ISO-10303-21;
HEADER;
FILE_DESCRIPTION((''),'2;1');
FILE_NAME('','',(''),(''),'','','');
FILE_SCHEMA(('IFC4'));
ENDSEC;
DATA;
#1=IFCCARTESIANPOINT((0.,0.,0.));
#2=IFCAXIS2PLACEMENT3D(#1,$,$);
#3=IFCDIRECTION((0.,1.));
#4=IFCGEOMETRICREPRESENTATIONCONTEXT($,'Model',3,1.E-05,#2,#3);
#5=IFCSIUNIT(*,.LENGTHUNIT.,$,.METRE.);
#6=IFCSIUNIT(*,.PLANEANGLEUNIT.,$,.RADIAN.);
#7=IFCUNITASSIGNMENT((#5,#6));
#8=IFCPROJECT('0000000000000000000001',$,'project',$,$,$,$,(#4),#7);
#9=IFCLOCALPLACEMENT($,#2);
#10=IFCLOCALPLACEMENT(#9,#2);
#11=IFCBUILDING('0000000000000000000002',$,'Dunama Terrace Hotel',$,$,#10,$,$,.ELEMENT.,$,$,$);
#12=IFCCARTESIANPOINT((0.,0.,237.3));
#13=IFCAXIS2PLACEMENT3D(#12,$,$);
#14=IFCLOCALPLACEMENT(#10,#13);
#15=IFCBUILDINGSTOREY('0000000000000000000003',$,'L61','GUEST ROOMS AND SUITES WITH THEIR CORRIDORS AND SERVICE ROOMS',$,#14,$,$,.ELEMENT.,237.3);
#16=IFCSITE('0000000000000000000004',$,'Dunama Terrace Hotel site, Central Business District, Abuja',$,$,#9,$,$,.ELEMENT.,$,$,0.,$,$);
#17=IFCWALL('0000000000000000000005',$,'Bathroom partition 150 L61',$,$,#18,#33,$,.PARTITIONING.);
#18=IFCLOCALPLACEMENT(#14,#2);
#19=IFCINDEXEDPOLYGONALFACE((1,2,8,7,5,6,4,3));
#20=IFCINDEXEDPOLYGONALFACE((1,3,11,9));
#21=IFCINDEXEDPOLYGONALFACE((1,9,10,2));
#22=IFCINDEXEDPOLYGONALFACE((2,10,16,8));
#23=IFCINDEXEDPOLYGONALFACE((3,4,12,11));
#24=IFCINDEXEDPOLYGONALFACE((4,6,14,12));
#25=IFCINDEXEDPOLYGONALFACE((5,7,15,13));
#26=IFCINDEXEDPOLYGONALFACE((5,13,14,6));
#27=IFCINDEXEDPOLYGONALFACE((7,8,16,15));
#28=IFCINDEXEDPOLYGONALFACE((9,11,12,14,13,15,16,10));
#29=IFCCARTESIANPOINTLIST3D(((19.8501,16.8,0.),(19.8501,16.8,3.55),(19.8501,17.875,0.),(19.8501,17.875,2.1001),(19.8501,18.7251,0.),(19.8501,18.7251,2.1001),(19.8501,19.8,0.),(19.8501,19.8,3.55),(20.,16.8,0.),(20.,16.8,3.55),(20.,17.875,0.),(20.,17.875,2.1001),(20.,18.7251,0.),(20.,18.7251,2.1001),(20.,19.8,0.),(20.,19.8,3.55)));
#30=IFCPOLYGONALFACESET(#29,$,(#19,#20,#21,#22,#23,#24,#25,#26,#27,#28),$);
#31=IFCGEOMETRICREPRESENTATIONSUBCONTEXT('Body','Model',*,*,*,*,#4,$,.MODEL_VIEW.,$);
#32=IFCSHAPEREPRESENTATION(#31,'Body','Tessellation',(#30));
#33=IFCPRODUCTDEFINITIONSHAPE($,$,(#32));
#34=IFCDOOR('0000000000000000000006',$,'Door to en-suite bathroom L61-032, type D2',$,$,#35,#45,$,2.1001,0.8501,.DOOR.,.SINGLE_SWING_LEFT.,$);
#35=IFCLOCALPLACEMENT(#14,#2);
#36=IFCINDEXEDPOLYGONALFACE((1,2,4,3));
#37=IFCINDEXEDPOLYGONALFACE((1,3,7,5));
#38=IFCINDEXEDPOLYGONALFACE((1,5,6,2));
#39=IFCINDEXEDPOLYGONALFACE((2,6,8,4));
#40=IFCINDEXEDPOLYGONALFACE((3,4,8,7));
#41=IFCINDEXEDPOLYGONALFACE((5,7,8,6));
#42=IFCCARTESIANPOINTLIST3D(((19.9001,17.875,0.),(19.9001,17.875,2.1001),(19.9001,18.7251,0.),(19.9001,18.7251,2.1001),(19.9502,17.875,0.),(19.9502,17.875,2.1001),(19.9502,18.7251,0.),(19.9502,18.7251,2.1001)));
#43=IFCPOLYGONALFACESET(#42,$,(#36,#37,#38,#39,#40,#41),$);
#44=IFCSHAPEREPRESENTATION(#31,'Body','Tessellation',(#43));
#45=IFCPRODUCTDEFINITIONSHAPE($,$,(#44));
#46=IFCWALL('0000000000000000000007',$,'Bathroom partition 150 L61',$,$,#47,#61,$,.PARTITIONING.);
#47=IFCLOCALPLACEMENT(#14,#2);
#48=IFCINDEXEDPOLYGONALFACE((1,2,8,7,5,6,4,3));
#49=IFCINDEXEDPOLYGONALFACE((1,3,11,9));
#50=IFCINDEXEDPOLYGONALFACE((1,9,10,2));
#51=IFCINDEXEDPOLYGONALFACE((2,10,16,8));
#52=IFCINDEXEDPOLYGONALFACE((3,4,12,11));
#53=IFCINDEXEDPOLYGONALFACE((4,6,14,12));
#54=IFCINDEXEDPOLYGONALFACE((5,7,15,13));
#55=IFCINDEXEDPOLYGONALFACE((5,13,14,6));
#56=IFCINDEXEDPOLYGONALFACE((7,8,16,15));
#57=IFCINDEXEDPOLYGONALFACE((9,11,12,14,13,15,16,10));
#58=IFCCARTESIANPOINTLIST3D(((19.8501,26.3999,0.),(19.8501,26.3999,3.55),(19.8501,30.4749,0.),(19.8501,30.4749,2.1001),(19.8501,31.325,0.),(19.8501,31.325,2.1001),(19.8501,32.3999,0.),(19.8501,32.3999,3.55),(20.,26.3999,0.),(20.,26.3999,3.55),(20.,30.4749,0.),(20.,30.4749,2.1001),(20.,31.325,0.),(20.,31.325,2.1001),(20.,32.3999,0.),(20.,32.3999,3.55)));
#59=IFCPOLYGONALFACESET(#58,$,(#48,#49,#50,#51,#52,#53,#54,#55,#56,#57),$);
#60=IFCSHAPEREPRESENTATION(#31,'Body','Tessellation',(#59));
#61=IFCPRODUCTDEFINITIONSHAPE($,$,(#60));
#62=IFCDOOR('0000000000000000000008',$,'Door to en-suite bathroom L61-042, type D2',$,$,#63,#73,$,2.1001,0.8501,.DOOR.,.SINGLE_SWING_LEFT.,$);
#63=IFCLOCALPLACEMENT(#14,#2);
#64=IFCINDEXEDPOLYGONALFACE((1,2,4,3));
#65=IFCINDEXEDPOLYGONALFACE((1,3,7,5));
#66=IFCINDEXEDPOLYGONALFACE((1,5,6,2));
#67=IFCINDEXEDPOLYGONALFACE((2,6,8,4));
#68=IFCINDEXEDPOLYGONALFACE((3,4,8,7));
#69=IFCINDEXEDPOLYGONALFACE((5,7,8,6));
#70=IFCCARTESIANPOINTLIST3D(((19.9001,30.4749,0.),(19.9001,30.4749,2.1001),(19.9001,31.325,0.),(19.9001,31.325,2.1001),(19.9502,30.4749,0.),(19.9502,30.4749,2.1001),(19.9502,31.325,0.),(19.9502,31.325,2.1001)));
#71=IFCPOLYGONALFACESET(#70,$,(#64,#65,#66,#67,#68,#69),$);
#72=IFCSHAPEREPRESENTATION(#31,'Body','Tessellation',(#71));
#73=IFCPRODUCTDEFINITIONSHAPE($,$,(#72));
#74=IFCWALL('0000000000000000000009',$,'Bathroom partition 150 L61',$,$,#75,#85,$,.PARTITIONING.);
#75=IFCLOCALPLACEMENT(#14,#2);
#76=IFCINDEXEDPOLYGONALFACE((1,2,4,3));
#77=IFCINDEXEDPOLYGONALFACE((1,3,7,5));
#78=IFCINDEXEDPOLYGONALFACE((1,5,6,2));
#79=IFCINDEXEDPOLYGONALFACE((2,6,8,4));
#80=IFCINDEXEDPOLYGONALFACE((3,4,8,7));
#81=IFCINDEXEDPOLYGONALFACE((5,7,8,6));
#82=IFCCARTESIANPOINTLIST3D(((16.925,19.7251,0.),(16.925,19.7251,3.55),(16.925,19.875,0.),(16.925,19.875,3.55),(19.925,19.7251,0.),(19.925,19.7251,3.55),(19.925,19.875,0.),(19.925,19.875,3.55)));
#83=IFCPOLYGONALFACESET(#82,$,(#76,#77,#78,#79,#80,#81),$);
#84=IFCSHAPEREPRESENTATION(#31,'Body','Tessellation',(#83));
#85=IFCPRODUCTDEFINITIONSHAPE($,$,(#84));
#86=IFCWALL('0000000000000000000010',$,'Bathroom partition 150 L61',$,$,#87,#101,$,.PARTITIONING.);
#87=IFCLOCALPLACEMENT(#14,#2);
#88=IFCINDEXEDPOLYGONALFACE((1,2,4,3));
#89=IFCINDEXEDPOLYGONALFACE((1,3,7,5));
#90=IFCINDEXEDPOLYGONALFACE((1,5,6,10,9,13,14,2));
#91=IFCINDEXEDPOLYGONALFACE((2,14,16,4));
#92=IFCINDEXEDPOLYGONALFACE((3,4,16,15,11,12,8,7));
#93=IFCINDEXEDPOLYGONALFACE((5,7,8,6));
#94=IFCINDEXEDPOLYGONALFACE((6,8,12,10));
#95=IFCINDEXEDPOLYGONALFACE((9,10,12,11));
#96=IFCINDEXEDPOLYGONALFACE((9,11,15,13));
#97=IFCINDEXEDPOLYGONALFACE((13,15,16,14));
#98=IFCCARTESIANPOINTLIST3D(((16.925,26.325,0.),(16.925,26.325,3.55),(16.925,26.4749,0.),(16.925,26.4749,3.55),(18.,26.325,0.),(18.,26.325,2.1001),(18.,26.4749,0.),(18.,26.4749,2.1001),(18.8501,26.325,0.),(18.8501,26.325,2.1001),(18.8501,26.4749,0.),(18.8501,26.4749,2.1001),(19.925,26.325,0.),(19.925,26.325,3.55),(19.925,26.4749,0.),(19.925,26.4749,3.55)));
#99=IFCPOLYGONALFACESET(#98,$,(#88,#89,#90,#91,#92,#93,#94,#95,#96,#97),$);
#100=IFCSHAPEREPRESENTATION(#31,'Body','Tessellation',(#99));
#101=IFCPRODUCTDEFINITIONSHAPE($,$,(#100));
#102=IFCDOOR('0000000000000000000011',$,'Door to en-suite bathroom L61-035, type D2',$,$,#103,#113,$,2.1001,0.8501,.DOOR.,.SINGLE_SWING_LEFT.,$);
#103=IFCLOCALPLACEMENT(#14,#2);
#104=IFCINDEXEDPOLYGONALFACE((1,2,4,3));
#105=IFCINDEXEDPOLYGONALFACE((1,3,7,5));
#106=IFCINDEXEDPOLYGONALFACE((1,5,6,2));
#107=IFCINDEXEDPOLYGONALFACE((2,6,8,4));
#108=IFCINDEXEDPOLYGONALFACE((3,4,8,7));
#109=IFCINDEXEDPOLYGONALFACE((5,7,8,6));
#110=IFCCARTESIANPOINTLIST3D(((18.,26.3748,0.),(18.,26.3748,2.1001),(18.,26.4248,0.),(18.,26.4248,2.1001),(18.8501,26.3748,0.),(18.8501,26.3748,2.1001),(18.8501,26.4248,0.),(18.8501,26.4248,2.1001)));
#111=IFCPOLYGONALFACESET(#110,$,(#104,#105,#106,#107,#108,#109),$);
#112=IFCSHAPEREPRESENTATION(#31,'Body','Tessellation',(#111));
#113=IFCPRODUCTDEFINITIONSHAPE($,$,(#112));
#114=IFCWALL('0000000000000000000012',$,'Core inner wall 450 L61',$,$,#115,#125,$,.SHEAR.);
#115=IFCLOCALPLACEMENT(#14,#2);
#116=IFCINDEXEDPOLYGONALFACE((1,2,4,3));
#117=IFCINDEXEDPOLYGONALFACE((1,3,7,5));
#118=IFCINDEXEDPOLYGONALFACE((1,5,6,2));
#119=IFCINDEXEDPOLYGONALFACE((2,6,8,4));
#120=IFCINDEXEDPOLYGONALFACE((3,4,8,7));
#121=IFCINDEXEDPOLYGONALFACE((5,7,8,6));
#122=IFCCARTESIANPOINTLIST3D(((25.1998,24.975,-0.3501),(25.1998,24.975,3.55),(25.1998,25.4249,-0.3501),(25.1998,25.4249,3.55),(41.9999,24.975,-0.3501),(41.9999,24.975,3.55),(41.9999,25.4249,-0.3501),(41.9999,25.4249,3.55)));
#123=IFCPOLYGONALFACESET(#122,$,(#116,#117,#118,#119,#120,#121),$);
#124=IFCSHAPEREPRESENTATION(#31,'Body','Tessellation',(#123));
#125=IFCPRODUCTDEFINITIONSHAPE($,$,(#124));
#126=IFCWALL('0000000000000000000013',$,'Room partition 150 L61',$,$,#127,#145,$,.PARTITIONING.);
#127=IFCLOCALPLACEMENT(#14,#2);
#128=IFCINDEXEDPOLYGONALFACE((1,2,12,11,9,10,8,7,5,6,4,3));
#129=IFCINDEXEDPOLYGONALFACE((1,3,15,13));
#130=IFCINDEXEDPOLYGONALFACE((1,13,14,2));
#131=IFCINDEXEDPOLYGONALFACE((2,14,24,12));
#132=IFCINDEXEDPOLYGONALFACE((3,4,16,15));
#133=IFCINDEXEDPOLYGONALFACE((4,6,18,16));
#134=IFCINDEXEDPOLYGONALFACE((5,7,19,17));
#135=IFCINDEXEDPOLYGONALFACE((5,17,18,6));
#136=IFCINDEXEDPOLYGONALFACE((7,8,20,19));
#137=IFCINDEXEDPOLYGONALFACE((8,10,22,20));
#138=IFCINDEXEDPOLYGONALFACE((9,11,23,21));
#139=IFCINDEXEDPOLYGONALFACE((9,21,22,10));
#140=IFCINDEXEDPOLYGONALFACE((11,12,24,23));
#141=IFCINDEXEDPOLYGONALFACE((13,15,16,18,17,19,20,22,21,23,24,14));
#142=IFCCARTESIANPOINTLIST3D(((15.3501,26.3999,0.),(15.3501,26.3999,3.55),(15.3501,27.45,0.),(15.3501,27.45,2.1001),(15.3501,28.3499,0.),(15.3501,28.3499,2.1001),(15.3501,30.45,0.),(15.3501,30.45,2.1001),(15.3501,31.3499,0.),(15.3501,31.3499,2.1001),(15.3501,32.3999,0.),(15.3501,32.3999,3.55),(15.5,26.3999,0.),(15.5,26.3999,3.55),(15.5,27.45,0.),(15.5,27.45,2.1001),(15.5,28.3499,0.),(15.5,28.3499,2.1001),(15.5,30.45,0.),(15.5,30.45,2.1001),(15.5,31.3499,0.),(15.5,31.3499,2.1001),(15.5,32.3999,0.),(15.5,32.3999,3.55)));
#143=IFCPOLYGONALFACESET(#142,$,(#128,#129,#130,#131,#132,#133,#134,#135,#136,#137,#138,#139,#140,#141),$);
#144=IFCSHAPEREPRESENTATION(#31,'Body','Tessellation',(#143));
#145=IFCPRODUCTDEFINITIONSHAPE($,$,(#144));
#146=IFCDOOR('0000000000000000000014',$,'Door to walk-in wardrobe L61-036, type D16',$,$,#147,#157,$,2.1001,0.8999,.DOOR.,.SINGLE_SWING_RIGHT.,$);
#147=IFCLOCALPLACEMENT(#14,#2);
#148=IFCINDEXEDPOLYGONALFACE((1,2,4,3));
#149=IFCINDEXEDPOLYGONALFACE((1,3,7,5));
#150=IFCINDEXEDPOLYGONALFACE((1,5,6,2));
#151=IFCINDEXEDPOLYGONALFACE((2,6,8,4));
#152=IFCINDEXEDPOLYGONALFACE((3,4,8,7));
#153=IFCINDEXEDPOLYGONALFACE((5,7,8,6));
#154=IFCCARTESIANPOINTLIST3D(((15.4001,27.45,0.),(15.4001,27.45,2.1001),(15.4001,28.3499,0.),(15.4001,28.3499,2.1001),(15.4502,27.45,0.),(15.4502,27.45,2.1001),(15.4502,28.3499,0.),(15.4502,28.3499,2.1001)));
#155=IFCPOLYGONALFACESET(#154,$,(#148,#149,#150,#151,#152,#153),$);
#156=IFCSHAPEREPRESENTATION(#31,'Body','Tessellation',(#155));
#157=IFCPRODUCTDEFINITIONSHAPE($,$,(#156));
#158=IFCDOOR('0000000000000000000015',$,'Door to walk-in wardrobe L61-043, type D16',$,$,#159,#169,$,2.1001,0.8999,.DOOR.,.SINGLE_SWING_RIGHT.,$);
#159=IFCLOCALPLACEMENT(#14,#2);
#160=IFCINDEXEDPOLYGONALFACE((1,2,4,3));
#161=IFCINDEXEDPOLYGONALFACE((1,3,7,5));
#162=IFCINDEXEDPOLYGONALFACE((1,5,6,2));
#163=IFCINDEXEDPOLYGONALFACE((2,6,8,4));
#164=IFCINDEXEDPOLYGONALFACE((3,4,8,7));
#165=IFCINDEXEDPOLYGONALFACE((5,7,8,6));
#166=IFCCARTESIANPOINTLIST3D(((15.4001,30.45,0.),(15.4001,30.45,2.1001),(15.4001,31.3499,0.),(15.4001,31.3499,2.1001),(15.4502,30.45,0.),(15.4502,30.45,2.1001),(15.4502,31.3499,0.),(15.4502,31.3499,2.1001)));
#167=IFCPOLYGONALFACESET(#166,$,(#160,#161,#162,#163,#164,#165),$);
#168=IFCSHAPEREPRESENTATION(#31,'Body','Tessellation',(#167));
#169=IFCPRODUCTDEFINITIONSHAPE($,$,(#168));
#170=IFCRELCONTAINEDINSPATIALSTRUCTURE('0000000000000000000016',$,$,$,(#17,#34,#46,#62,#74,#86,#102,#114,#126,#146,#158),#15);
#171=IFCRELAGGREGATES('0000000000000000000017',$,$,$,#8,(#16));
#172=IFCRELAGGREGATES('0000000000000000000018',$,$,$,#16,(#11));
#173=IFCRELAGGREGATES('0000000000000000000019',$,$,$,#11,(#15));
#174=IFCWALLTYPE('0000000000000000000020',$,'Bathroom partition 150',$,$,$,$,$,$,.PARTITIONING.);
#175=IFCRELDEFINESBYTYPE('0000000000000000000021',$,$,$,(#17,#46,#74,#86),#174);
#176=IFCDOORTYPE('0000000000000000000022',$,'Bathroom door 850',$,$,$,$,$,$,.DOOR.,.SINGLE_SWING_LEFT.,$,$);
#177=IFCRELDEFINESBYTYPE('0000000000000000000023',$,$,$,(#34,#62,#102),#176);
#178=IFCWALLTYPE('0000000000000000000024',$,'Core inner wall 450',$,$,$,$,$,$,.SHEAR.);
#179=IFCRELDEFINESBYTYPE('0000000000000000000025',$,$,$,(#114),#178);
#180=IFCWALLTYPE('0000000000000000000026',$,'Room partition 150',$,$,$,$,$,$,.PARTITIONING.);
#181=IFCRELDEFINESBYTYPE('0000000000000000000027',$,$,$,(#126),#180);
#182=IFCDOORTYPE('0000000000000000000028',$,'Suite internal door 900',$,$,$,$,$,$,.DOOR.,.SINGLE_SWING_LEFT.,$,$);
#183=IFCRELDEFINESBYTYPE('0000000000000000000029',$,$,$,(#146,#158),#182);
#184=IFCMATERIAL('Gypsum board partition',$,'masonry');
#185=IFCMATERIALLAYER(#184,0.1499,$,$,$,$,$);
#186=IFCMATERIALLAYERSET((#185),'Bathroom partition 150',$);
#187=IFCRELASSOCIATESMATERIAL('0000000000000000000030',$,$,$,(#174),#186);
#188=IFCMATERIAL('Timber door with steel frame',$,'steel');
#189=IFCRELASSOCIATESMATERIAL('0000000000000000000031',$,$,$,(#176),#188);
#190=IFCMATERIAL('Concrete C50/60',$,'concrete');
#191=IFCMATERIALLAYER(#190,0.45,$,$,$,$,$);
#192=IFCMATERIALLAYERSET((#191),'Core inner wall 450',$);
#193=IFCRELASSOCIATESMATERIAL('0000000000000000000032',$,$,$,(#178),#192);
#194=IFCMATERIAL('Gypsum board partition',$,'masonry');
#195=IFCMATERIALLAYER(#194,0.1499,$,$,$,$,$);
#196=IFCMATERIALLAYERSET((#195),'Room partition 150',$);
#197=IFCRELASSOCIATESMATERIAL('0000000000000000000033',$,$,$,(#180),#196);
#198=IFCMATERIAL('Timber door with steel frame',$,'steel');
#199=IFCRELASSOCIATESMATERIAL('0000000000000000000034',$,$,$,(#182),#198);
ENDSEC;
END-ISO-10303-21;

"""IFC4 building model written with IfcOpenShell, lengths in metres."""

from ifc_helpers import new_model, si_unit, direction, frame, frame_2d, origin, place, context, subcontext, project, spatial, rectangle, extrude, material, layer, layer_set, type_object, element, fill, save


model = new_model("IFC4")

# Units and contexts
model_context = context("Model", 3, precision=1e-05, world=origin(), true_north=direction((0.0, 1.0)))
body_context = subcontext(model_context, "Body", "Model", "MODEL_VIEW")
ifc_project = project(units=[si_unit("LENGTHUNIT", "METRE"), si_unit("PLANEANGLEUNIT", "RADIAN")], contexts=[model_context])

# Site, building, storey
site_placement = place(None, origin())
site = spatial("IfcSite", under=ifc_project, at=site_placement, Name="Dunama Terrace Hotel site, Central Business District, Abuja", CompositionType="ELEMENT", RefElevation=0.0)
building_placement = place(site_placement, origin())
building = spatial("IfcBuilding", under=site, at=building_placement, Name="Dunama Terrace Hotel", CompositionType="ELEMENT")
storey_placement = place(building_placement, frame((0.0, 0.0, 237.3)))
storey = spatial("IfcBuildingStorey", under=building, at=storey_placement, Name="L61", Description="GUEST ROOMS AND SUITES WITH THEIR CORRIDORS AND SERVICE ROOMS", CompositionType="ELEMENT", Elevation=237.3)

# Walls, openings, doors
ifc_material_1 = material(Name="Gypsum board partition", Category="masonry")
ifc_layer_1 = layer(ifc_material_1, 0.1499)
ifc_layer_set_1 = layer_set([ifc_layer_1], Name="Bathroom partition 150")
wall_type_1 = type_object("IfcWallType", Name="Bathroom partition 150", PredefinedType="PARTITIONING", material=ifc_layer_set_1)
wall_1_placement = place(storey_placement, frame((19.925, 16.8, 0.0), z_axis=(0.0, 0.0, 1.0), x_axis=(0.0, 1.0, 0.0)))
wall_1 = element("IfcWall", 1, at=wall_1_placement, inside=storey, type_object=wall_type_1, Name="Bathroom partition 150 L61", PredefinedType="PARTITIONING", context=body_context, shape_type="SweptSolid", body=[
    extrude(rectangle(XDim=3.0, YDim=0.1499, at=frame_2d((1.5, 0.0))), origin(), (0.0, 0.0, 1.0), 3.55),
])
opening_1_placement = place(wall_1_placement, frame((1.075, 0.0, 0.0)))
opening_1 = element("IfcOpeningElement", 2, at=opening_1_placement, cuts=wall_1, PredefinedType="OPENING", context=body_context, shape_type="SweptSolid", body=[
    extrude(rectangle(XDim=0.8501, YDim=2.1001, at=frame_2d((0.425, 1.05))), frame((0.0, 0.085, 0.0), z_axis=(0.0, -1.0, 0.0), x_axis=(1.0, 0.0, 0.0)), (0.0, 0.0, 1.0), 0.1699),
])
ifc_material_2 = material(Name="Timber door with steel frame", Category="steel")
door_type_1 = type_object("IfcDoorType", Name="Bathroom door 850", OperationType="SINGLE_SWING_LEFT", PredefinedType="DOOR", material=ifc_material_2)
door_1_placement = place(opening_1_placement, origin())
door_1 = element("IfcDoor", 3, at=door_1_placement, inside=storey, type_object=door_type_1, Name="Door to en-suite bathroom L61-032, type D2", OperationType="SINGLE_SWING_LEFT", OverallHeight=2.1001, OverallWidth=0.8501, PredefinedType="DOOR", context=body_context, shape_type="SweptSolid", body=[
    extrude(rectangle(XDim=0.8501, YDim=2.1001, at=frame_2d((0.425, 1.05))), frame((0.0, 0.0249, 0.0), z_axis=(0.0, -1.0, 0.0), x_axis=(1.0, 0.0, 0.0)), (0.0, 0.0, 1.0), 0.05),
])
fill(opening_1, door_1)
wall_2_placement = place(storey_placement, frame((19.925, 26.3999, 0.0), z_axis=(0.0, 0.0, 1.0), x_axis=(0.0, 1.0, 0.0)))
wall_2 = element("IfcWall", 4, at=wall_2_placement, inside=storey, type_object=wall_type_1, Name="Bathroom partition 150 L61", PredefinedType="PARTITIONING", context=body_context, shape_type="SweptSolid", body=[
    extrude(rectangle(XDim=6.0, YDim=0.1499, at=frame_2d((3.0, 0.0))), origin(), (0.0, 0.0, 1.0), 3.55),
])
opening_2_placement = place(wall_2_placement, frame((4.075, 0.0, 0.0)))
opening_2 = element("IfcOpeningElement", 5, at=opening_2_placement, cuts=wall_2, PredefinedType="OPENING", context=body_context, shape_type="SweptSolid", body=[
    extrude(rectangle(XDim=0.8501, YDim=2.1001, at=frame_2d((0.425, 1.05))), frame((0.0, 0.085, 0.0), z_axis=(0.0, -1.0, 0.0), x_axis=(1.0, 0.0, 0.0)), (0.0, 0.0, 1.0), 0.1699),
])
door_2_placement = place(opening_2_placement, origin())
door_2 = element("IfcDoor", 6, at=door_2_placement, inside=storey, type_object=door_type_1, Name="Door to en-suite bathroom L61-042, type D2", OperationType="SINGLE_SWING_LEFT", OverallHeight=2.1001, OverallWidth=0.8501, PredefinedType="DOOR", context=body_context, shape_type="SweptSolid", body=[
    extrude(rectangle(XDim=0.8501, YDim=2.1001, at=frame_2d((0.425, 1.05))), frame((0.0, 0.0249, 0.0), z_axis=(0.0, -1.0, 0.0), x_axis=(1.0, 0.0, 0.0)), (0.0, 0.0, 1.0), 0.05),
])
fill(opening_2, door_2)

# Wall
wall_3_placement = place(storey_placement, frame((16.925, 19.8, 0.0), z_axis=(0.0, 0.0, 1.0), x_axis=(1.0, 0.0, 0.0)))
element("IfcWall", 7, at=wall_3_placement, inside=storey, type_object=wall_type_1, Name="Bathroom partition 150 L61", PredefinedType="PARTITIONING", context=body_context, shape_type="SweptSolid", body=[
    extrude(rectangle(XDim=3.0, YDim=0.1499, at=frame_2d((1.5, 0.0))), origin(), (0.0, 0.0, 1.0), 3.55),
])

# Wall, opening, door
wall_4_placement = place(storey_placement, frame((16.925, 26.3999, 0.0), z_axis=(0.0, 0.0, 1.0), x_axis=(1.0, 0.0, 0.0)))
wall_4 = element("IfcWall", 8, at=wall_4_placement, inside=storey, type_object=wall_type_1, Name="Bathroom partition 150 L61", PredefinedType="PARTITIONING", context=body_context, shape_type="SweptSolid", body=[
    extrude(rectangle(XDim=3.0, YDim=0.1499, at=frame_2d((1.5, 0.0))), origin(), (0.0, 0.0, 1.0), 3.55),
])
opening_3_placement = place(wall_4_placement, frame((1.075, 0.0, 0.0)))
opening_3 = element("IfcOpeningElement", 9, at=opening_3_placement, cuts=wall_4, PredefinedType="OPENING", context=body_context, shape_type="SweptSolid", body=[
    extrude(rectangle(XDim=0.8501, YDim=2.1001, at=frame_2d((0.425, 1.05))), frame((0.0, 0.085, 0.0), z_axis=(0.0, -1.0, 0.0), x_axis=(1.0, 0.0, 0.0)), (0.0, 0.0, 1.0), 0.1699),
])
door_3_placement = place(opening_3_placement, origin())
door_3 = element("IfcDoor", 10, at=door_3_placement, inside=storey, type_object=door_type_1, Name="Door to en-suite bathroom L61-035, type D2", OperationType="SINGLE_SWING_LEFT", OverallHeight=2.1001, OverallWidth=0.8501, PredefinedType="DOOR", context=body_context, shape_type="SweptSolid", body=[
    extrude(rectangle(XDim=0.8501, YDim=2.1001, at=frame_2d((0.425, 1.05))), frame((0.0, 0.0249, 0.0), z_axis=(0.0, -1.0, 0.0), x_axis=(1.0, 0.0, 0.0)), (0.0, 0.0, 1.0), 0.05),
])
fill(opening_3, door_3)

# Wall
ifc_material_3 = material(Name="Concrete C50/60", Category="concrete")
ifc_layer_2 = layer(ifc_material_3, 0.45)
ifc_layer_set_2 = layer_set([ifc_layer_2], Name="Core inner wall 450")
wall_type_2 = type_object("IfcWallType", Name="Core inner wall 450", PredefinedType="SHEAR", material=ifc_layer_set_2)
wall_5_placement = place(storey_placement, frame((25.2, 25.2, -0.3501), z_axis=(0.0, 0.0, 1.0), x_axis=(1.0, 0.0, 0.0)))
element("IfcWall", 11, at=wall_5_placement, inside=storey, type_object=wall_type_2, Name="Core inner wall 450 L61", PredefinedType="SHEAR", context=body_context, shape_type="SweptSolid", body=[
    extrude(rectangle(XDim=16.8, YDim=0.45, at=frame_2d((8.3999, 0.0))), origin(), (0.0, 0.0, 1.0), 3.9001),
])

# Wall, openings, doors
ifc_material_4 = material(Name="Gypsum board partition", Category="masonry")
ifc_layer_3 = layer(ifc_material_4, 0.1499)
ifc_layer_set_3 = layer_set([ifc_layer_3], Name="Room partition 150")
wall_type_3 = type_object("IfcWallType", Name="Room partition 150", PredefinedType="PARTITIONING", material=ifc_layer_set_3)
wall_6_placement = place(storey_placement, frame((15.425, 26.3999, 0.0), z_axis=(0.0, 0.0, 1.0), x_axis=(0.0, 1.0, 0.0)))
wall_6 = element("IfcWall", 12, at=wall_6_placement, inside=storey, type_object=wall_type_3, Name="Room partition 150 L61", PredefinedType="PARTITIONING", context=body_context, shape_type="SweptSolid", body=[
    extrude(rectangle(XDim=6.0, YDim=0.1499, at=frame_2d((3.0, 0.0))), origin(), (0.0, 0.0, 1.0), 3.55),
])
opening_4_placement = place(wall_6_placement, frame((1.05, 0.0, 0.0)))
opening_4 = element("IfcOpeningElement", 13, at=opening_4_placement, cuts=wall_6, PredefinedType="OPENING", context=body_context, shape_type="SweptSolid", body=[
    extrude(rectangle(XDim=0.8999, YDim=2.1001, at=frame_2d((0.45, 1.05))), frame((0.0, 0.085, 0.0), z_axis=(0.0, -1.0, 0.0), x_axis=(1.0, 0.0, 0.0)), (0.0, 0.0, 1.0), 0.1699),
])
opening_5_placement = place(wall_6_placement, frame((4.05, 0.0, 0.0)))
opening_5 = element("IfcOpeningElement", 14, at=opening_5_placement, cuts=wall_6, PredefinedType="OPENING", context=body_context, shape_type="SweptSolid", body=[
    extrude(rectangle(XDim=0.8999, YDim=2.1001, at=frame_2d((0.45, 1.05))), frame((0.0, 0.085, 0.0), z_axis=(0.0, -1.0, 0.0), x_axis=(1.0, 0.0, 0.0)), (0.0, 0.0, 1.0), 0.1699),
])
ifc_material_5 = material(Name="Timber door with steel frame", Category="steel")
door_type_2 = type_object("IfcDoorType", Name="Suite internal door 900", OperationType="SINGLE_SWING_LEFT", PredefinedType="DOOR", material=ifc_material_5)
door_4_placement = place(opening_4_placement, frame((0.8999, 0.0, 0.0), z_axis=(0.0, 0.0, 1.0), x_axis=(-1.0, 0.0, 0.0)))
door_4 = element("IfcDoor", 15, at=door_4_placement, inside=storey, type_object=door_type_2, Name="Door to walk-in wardrobe L61-036, type D16", OperationType="SINGLE_SWING_RIGHT", OverallHeight=2.1001, OverallWidth=0.8999, PredefinedType="DOOR", context=body_context, shape_type="SweptSolid", body=[
    extrude(rectangle(XDim=0.8999, YDim=2.1001, at=frame_2d((0.45, 1.05))), frame((0.0, 0.0251, 0.0), z_axis=(0.0, -1.0, 0.0), x_axis=(1.0, 0.0, 0.0)), (0.0, 0.0, 1.0), 0.05),
])
fill(opening_4, door_4)
door_5_placement = place(opening_5_placement, frame((0.8999, 0.0, 0.0), z_axis=(0.0, 0.0, 1.0), x_axis=(-1.0, 0.0, 0.0)))
door_5 = element("IfcDoor", 16, at=door_5_placement, inside=storey, type_object=door_type_2, Name="Door to walk-in wardrobe L61-043, type D16", OperationType="SINGLE_SWING_RIGHT", OverallHeight=2.1001, OverallWidth=0.8999, PredefinedType="DOOR", context=body_context, shape_type="SweptSolid", body=[
    extrude(rectangle(XDim=0.8999, YDim=2.1001, at=frame_2d((0.45, 1.05))), frame((0.0, 0.0251, 0.0), z_axis=(0.0, -1.0, 0.0), x_axis=(1.0, 0.0, 0.0)), (0.0, 0.0, 1.0), 0.05),
])
fill(opening_5, door_5)

save(model, "model.ifc")
